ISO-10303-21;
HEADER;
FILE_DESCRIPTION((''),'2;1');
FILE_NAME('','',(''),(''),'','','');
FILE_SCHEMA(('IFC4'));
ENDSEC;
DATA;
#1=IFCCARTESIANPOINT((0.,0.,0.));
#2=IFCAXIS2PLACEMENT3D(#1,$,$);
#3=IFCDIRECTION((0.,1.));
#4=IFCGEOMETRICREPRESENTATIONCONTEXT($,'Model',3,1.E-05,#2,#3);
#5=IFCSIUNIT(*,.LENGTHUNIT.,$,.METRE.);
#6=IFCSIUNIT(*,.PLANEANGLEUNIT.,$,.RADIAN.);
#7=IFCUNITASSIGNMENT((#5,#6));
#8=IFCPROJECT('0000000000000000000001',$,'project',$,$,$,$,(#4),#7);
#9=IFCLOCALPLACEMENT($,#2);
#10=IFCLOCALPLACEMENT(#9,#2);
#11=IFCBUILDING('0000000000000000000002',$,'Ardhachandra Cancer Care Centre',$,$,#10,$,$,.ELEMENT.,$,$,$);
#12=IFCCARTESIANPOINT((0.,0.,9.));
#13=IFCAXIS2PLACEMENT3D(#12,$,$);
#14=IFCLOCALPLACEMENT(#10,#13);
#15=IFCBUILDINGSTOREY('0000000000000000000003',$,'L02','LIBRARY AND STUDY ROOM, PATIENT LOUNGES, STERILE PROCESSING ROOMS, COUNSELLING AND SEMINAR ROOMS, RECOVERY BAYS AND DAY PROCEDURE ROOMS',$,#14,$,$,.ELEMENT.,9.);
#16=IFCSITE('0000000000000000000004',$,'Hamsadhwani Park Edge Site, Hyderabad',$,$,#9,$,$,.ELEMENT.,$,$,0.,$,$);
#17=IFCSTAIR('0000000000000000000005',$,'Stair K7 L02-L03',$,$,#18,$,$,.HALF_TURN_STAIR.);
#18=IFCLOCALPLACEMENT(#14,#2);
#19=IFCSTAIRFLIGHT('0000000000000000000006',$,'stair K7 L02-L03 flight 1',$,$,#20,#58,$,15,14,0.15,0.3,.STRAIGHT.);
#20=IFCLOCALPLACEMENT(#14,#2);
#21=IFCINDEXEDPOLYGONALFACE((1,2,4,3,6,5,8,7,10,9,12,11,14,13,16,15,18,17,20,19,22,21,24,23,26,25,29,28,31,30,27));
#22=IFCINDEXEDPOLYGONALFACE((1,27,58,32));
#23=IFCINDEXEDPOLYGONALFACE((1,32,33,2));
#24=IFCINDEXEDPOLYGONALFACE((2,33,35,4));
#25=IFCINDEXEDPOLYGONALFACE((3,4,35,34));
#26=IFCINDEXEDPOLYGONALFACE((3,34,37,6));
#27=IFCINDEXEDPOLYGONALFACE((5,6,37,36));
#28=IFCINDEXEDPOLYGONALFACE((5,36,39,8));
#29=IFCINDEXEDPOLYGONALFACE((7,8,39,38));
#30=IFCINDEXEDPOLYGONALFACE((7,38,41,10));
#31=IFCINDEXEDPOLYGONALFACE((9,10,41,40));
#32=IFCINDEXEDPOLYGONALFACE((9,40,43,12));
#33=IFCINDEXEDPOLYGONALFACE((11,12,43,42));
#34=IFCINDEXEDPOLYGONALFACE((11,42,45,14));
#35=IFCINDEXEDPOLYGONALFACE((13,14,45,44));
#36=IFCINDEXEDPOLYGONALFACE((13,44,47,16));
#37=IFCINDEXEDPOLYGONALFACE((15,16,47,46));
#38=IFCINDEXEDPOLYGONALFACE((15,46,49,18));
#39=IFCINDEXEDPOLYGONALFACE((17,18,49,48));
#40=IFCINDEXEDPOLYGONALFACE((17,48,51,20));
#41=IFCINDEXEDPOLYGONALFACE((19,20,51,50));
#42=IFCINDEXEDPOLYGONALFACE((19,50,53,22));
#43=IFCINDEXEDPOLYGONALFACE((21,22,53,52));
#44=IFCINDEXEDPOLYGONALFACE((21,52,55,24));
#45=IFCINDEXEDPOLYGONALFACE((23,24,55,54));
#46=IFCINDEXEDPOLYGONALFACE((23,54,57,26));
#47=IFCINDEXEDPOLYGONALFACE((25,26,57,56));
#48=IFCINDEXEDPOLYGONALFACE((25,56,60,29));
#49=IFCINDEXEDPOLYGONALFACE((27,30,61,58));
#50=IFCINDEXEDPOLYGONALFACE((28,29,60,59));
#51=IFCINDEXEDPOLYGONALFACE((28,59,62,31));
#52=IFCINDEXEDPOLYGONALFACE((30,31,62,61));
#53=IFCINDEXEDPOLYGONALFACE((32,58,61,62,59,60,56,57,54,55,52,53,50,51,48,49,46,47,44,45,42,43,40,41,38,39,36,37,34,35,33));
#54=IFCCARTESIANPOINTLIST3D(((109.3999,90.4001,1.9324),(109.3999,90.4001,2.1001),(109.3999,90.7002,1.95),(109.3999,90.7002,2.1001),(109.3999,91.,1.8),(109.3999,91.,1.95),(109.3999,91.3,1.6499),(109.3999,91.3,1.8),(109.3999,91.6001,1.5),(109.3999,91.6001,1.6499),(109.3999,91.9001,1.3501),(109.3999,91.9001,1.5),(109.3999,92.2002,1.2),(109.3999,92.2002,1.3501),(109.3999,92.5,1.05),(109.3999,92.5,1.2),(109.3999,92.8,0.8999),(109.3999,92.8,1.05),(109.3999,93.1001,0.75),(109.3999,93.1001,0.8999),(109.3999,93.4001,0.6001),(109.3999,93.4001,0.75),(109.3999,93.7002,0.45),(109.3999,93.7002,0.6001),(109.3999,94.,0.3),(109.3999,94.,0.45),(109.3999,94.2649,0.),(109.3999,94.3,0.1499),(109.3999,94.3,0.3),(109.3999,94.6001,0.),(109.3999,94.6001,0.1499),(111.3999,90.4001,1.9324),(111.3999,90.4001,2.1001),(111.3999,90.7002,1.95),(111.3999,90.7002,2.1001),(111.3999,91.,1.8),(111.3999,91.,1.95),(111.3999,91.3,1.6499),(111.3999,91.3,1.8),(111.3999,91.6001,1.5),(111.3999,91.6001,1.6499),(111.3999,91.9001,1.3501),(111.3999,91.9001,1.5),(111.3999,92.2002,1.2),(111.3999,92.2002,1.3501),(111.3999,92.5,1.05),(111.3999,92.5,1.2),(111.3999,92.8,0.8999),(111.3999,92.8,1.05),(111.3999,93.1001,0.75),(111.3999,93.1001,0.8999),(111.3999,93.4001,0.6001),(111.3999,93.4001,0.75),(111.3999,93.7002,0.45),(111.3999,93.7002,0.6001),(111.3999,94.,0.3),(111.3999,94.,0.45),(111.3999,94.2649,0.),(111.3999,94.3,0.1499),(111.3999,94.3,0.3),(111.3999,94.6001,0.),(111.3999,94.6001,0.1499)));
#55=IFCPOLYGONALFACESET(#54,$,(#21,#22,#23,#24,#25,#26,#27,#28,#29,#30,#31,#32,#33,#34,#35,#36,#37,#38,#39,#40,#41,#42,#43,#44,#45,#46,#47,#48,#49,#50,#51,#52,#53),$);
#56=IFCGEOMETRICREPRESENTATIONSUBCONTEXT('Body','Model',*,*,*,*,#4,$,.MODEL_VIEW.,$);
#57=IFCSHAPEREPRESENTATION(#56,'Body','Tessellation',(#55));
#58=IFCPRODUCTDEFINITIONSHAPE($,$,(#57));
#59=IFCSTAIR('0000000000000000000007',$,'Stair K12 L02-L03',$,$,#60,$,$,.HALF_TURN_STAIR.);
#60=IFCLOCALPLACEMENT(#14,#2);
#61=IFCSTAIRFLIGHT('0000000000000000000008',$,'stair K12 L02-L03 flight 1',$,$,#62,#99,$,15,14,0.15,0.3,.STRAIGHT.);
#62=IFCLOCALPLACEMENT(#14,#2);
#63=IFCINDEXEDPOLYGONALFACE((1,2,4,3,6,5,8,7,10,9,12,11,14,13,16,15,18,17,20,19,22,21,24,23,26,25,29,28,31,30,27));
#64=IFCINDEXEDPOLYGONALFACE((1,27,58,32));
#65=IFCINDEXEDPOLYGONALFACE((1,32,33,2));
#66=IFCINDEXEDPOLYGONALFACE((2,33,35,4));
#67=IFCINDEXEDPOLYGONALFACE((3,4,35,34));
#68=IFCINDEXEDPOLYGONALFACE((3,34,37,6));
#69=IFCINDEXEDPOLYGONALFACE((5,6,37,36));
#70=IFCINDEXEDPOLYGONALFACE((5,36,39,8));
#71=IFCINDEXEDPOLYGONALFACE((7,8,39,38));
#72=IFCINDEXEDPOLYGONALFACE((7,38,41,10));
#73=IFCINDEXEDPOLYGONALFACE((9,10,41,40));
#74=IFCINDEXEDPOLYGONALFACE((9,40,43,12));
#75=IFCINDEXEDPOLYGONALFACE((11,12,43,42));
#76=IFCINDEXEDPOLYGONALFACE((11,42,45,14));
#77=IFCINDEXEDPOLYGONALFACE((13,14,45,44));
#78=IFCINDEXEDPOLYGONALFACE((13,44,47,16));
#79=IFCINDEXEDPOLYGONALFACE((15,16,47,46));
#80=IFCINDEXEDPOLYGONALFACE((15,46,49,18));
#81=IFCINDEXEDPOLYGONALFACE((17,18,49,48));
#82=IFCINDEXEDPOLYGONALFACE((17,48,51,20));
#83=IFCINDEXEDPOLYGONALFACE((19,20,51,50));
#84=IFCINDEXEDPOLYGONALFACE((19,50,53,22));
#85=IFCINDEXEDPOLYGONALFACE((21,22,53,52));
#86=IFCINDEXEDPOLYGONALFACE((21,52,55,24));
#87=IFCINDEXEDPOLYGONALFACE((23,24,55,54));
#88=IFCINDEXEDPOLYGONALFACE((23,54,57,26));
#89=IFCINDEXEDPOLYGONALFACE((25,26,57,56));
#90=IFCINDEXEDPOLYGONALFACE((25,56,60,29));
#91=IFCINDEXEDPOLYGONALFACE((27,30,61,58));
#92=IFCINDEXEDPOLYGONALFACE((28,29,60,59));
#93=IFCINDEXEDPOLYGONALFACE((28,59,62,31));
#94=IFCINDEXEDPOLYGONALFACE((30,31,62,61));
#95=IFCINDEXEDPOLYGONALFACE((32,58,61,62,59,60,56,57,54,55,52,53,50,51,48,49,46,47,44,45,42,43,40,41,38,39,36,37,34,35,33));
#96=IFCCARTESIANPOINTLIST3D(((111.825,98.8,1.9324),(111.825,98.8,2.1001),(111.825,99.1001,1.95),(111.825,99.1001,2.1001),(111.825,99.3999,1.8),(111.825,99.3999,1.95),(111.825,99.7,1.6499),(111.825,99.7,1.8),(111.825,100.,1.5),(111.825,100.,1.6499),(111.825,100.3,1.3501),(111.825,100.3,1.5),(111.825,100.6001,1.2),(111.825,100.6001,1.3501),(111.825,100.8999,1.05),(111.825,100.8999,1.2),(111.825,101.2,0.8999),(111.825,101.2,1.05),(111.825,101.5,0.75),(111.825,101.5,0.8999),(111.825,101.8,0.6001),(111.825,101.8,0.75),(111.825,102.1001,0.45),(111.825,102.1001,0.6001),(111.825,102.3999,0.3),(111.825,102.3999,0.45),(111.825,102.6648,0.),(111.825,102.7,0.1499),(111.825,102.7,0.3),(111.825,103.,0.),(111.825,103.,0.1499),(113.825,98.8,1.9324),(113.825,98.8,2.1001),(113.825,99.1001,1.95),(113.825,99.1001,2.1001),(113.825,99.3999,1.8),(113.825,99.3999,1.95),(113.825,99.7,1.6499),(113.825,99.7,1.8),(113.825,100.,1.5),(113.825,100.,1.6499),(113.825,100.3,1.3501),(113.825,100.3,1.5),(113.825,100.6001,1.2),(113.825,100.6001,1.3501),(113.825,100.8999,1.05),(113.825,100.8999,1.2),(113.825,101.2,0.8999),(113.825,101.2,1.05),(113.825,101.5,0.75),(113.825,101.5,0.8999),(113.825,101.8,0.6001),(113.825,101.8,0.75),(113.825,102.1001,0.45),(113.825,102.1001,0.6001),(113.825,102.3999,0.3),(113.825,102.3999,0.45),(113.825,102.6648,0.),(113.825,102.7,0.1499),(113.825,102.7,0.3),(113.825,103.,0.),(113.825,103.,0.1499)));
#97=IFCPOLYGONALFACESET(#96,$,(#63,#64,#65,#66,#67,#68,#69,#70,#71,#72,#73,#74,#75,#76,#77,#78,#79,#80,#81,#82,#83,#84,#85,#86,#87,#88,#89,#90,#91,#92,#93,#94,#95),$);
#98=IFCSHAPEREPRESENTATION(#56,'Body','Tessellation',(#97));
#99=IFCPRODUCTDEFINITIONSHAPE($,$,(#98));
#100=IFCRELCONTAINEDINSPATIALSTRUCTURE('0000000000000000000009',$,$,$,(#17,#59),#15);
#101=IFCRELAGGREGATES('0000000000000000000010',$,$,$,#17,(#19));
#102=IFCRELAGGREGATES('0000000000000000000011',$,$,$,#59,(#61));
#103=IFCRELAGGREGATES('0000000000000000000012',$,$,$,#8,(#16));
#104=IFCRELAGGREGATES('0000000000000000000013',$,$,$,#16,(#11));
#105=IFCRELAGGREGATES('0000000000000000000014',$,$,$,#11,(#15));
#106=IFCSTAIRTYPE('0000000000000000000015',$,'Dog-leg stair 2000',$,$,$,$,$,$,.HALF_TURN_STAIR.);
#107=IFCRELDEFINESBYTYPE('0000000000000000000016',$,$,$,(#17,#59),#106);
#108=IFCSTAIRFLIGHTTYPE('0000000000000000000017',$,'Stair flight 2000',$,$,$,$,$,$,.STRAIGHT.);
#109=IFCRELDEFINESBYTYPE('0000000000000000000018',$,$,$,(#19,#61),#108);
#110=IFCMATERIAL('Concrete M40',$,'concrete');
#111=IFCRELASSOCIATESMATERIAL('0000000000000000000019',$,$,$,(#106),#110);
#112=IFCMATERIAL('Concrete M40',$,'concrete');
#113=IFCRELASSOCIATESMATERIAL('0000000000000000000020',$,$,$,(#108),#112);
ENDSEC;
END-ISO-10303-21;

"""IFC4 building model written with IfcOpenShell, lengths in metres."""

from ifc_helpers import new_model, si_unit, direction, frame, origin, place, context, subcontext, project, spatial, polyline, outline, extrude, material, type_object, element, aggregate, save


model = new_model("IFC4")

# Units and contexts
model_context = context("Model", 3, precision=1e-05, world=origin(), true_north=direction((0.0, 1.0)))
body_context = subcontext(model_context, "Body", "Model", "MODEL_VIEW")
ifc_project = project(units=[si_unit("LENGTHUNIT", "METRE"), si_unit("PLANEANGLEUNIT", "RADIAN")], contexts=[model_context])

# Site, building, storey
site_placement = place(None, origin())
site = spatial("IfcSite", under=ifc_project, at=site_placement, Name="Hamsadhwani Park Edge Site, Hyderabad", CompositionType="ELEMENT", RefElevation=0.0)
building_placement = place(site_placement, origin())
building = spatial("IfcBuilding", under=site, at=building_placement, Name="Ardhachandra Cancer Care Centre", CompositionType="ELEMENT")
storey_placement = place(building_placement, frame((0.0, 0.0, 9.0)))
storey = spatial("IfcBuildingStorey", under=building, at=storey_placement, Name="L02", Description="LIBRARY AND STUDY ROOM, PATIENT LOUNGES, STERILE PROCESSING ROOMS, COUNSELLING AND SEMINAR ROOMS, RECOVERY BAYS AND DAY PROCEDURE ROOMS", CompositionType="ELEMENT", Elevation=9.0)

# Stairs, stair flights
ifc_material_1 = material(Name="Concrete M40", Category="concrete")
stair_type = type_object("IfcStairType", Name="Dog-leg stair 2000", PredefinedType="HALF_TURN_STAIR", material=ifc_material_1)
stair_1_placement = place(storey_placement, origin())
stair_1 = element("IfcStair", 1, at=stair_1_placement, inside=storey, type_object=stair_type, Name="Stair K7 L02-L03", PredefinedType="HALF_TURN_STAIR")
ifc_material_2 = material(Name="Concrete M40", Category="concrete")
stair_flight_type = type_object("IfcStairFlightType", Name="Stair flight 2000", PredefinedType="STRAIGHT", material=ifc_material_2)
stair_flight_1_placement = place(storey_placement, frame((110.3999, 94.6001, 0.0), z_axis=(0.0, 0.0, 1.0), x_axis=(0.0, -1.0, 0.0)))
stair_flight_1 = element("IfcStairFlight", 2, at=stair_flight_1_placement, type_object=stair_flight_type, Name="stair K7 L02-L03 flight 1", NumberOfRisers=15, NumberOfTreads=14, PredefinedType="STRAIGHT", RiserHeight=0.15, TreadLength=0.3, context=body_context, shape_type="SweptSolid", body=[
    extrude(outline(polyline([(0.0, 0.0), (0.0, 0.1499), (0.3, 0.1499), (0.3, 0.3), (0.6001, 0.3), (0.6001, 0.45), (0.8999, 0.45), (0.8999, 0.6001), (1.2, 0.6001), (1.2, 0.75), (1.5, 0.75), (1.5, 0.8999), (1.8, 0.8999), (1.8, 1.05), (2.1001, 1.05), (2.1001, 1.2), (2.3999, 1.2), (2.3999, 1.3501), (2.7, 1.3501), (2.7, 1.5), (3.0, 1.5), (3.0, 1.6499), (3.3, 1.6499), (3.3, 1.8), (3.6001, 1.8), (3.6001, 1.95), (3.8999, 1.95), (3.8999, 2.1001), (4.2, 2.1001), (4.2, 2.25), (4.2, 1.9324), (0.3352, 0.0), (0.0, 0.0)])), frame((0.0, 1.0, 0.0), z_axis=(0.0, -1.0, 0.0), x_axis=(1.0, 0.0, 0.0)), (0.0, 0.0, 1.0), 2.0),
])
aggregate(stair_1, [stair_flight_1])
stair_2_placement = place(storey_placement, origin())
stair_2 = element("IfcStair", 3, at=stair_2_placement, inside=storey, type_object=stair_type, Name="Stair K12 L02-L03", PredefinedType="HALF_TURN_STAIR")
stair_flight_2_placement = place(storey_placement, frame((112.825, 103.0, 0.0), z_axis=(0.0, 0.0, 1.0), x_axis=(0.0, -1.0, 0.0)))
stair_flight_2 = element("IfcStairFlight", 4, at=stair_flight_2_placement, type_object=stair_flight_type, Name="stair K12 L02-L03 flight 1", NumberOfRisers=15, NumberOfTreads=14, PredefinedType="STRAIGHT", RiserHeight=0.15, TreadLength=0.3, context=body_context, shape_type="SweptSolid", body=[
    extrude(outline(polyline([(0.0, 0.0), (0.0, 0.1499), (0.3, 0.1499), (0.3, 0.3), (0.6001, 0.3), (0.6001, 0.45), (0.8999, 0.45), (0.8999, 0.6001), (1.2, 0.6001), (1.2, 0.75), (1.5, 0.75), (1.5, 0.8999), (1.8, 0.8999), (1.8, 1.05), (2.1001, 1.05), (2.1001, 1.2), (2.3999, 1.2), (2.3999, 1.3501), (2.7, 1.3501), (2.7, 1.5), (3.0, 1.5), (3.0, 1.6499), (3.3, 1.6499), (3.3, 1.8), (3.6001, 1.8), (3.6001, 1.95), (3.8999, 1.95), (3.8999, 2.1001), (4.2, 2.1001), (4.2, 2.25), (4.2, 1.9324), (0.3352, 0.0), (0.0, 0.0)])), frame((0.0, 1.0, 0.0), z_axis=(0.0, -1.0, 0.0), x_axis=(1.0, 0.0, 0.0)), (0.0, 0.0, 1.0), 2.0),
])
aggregate(stair_2, [stair_flight_2])

save(model, "model.ifc")
